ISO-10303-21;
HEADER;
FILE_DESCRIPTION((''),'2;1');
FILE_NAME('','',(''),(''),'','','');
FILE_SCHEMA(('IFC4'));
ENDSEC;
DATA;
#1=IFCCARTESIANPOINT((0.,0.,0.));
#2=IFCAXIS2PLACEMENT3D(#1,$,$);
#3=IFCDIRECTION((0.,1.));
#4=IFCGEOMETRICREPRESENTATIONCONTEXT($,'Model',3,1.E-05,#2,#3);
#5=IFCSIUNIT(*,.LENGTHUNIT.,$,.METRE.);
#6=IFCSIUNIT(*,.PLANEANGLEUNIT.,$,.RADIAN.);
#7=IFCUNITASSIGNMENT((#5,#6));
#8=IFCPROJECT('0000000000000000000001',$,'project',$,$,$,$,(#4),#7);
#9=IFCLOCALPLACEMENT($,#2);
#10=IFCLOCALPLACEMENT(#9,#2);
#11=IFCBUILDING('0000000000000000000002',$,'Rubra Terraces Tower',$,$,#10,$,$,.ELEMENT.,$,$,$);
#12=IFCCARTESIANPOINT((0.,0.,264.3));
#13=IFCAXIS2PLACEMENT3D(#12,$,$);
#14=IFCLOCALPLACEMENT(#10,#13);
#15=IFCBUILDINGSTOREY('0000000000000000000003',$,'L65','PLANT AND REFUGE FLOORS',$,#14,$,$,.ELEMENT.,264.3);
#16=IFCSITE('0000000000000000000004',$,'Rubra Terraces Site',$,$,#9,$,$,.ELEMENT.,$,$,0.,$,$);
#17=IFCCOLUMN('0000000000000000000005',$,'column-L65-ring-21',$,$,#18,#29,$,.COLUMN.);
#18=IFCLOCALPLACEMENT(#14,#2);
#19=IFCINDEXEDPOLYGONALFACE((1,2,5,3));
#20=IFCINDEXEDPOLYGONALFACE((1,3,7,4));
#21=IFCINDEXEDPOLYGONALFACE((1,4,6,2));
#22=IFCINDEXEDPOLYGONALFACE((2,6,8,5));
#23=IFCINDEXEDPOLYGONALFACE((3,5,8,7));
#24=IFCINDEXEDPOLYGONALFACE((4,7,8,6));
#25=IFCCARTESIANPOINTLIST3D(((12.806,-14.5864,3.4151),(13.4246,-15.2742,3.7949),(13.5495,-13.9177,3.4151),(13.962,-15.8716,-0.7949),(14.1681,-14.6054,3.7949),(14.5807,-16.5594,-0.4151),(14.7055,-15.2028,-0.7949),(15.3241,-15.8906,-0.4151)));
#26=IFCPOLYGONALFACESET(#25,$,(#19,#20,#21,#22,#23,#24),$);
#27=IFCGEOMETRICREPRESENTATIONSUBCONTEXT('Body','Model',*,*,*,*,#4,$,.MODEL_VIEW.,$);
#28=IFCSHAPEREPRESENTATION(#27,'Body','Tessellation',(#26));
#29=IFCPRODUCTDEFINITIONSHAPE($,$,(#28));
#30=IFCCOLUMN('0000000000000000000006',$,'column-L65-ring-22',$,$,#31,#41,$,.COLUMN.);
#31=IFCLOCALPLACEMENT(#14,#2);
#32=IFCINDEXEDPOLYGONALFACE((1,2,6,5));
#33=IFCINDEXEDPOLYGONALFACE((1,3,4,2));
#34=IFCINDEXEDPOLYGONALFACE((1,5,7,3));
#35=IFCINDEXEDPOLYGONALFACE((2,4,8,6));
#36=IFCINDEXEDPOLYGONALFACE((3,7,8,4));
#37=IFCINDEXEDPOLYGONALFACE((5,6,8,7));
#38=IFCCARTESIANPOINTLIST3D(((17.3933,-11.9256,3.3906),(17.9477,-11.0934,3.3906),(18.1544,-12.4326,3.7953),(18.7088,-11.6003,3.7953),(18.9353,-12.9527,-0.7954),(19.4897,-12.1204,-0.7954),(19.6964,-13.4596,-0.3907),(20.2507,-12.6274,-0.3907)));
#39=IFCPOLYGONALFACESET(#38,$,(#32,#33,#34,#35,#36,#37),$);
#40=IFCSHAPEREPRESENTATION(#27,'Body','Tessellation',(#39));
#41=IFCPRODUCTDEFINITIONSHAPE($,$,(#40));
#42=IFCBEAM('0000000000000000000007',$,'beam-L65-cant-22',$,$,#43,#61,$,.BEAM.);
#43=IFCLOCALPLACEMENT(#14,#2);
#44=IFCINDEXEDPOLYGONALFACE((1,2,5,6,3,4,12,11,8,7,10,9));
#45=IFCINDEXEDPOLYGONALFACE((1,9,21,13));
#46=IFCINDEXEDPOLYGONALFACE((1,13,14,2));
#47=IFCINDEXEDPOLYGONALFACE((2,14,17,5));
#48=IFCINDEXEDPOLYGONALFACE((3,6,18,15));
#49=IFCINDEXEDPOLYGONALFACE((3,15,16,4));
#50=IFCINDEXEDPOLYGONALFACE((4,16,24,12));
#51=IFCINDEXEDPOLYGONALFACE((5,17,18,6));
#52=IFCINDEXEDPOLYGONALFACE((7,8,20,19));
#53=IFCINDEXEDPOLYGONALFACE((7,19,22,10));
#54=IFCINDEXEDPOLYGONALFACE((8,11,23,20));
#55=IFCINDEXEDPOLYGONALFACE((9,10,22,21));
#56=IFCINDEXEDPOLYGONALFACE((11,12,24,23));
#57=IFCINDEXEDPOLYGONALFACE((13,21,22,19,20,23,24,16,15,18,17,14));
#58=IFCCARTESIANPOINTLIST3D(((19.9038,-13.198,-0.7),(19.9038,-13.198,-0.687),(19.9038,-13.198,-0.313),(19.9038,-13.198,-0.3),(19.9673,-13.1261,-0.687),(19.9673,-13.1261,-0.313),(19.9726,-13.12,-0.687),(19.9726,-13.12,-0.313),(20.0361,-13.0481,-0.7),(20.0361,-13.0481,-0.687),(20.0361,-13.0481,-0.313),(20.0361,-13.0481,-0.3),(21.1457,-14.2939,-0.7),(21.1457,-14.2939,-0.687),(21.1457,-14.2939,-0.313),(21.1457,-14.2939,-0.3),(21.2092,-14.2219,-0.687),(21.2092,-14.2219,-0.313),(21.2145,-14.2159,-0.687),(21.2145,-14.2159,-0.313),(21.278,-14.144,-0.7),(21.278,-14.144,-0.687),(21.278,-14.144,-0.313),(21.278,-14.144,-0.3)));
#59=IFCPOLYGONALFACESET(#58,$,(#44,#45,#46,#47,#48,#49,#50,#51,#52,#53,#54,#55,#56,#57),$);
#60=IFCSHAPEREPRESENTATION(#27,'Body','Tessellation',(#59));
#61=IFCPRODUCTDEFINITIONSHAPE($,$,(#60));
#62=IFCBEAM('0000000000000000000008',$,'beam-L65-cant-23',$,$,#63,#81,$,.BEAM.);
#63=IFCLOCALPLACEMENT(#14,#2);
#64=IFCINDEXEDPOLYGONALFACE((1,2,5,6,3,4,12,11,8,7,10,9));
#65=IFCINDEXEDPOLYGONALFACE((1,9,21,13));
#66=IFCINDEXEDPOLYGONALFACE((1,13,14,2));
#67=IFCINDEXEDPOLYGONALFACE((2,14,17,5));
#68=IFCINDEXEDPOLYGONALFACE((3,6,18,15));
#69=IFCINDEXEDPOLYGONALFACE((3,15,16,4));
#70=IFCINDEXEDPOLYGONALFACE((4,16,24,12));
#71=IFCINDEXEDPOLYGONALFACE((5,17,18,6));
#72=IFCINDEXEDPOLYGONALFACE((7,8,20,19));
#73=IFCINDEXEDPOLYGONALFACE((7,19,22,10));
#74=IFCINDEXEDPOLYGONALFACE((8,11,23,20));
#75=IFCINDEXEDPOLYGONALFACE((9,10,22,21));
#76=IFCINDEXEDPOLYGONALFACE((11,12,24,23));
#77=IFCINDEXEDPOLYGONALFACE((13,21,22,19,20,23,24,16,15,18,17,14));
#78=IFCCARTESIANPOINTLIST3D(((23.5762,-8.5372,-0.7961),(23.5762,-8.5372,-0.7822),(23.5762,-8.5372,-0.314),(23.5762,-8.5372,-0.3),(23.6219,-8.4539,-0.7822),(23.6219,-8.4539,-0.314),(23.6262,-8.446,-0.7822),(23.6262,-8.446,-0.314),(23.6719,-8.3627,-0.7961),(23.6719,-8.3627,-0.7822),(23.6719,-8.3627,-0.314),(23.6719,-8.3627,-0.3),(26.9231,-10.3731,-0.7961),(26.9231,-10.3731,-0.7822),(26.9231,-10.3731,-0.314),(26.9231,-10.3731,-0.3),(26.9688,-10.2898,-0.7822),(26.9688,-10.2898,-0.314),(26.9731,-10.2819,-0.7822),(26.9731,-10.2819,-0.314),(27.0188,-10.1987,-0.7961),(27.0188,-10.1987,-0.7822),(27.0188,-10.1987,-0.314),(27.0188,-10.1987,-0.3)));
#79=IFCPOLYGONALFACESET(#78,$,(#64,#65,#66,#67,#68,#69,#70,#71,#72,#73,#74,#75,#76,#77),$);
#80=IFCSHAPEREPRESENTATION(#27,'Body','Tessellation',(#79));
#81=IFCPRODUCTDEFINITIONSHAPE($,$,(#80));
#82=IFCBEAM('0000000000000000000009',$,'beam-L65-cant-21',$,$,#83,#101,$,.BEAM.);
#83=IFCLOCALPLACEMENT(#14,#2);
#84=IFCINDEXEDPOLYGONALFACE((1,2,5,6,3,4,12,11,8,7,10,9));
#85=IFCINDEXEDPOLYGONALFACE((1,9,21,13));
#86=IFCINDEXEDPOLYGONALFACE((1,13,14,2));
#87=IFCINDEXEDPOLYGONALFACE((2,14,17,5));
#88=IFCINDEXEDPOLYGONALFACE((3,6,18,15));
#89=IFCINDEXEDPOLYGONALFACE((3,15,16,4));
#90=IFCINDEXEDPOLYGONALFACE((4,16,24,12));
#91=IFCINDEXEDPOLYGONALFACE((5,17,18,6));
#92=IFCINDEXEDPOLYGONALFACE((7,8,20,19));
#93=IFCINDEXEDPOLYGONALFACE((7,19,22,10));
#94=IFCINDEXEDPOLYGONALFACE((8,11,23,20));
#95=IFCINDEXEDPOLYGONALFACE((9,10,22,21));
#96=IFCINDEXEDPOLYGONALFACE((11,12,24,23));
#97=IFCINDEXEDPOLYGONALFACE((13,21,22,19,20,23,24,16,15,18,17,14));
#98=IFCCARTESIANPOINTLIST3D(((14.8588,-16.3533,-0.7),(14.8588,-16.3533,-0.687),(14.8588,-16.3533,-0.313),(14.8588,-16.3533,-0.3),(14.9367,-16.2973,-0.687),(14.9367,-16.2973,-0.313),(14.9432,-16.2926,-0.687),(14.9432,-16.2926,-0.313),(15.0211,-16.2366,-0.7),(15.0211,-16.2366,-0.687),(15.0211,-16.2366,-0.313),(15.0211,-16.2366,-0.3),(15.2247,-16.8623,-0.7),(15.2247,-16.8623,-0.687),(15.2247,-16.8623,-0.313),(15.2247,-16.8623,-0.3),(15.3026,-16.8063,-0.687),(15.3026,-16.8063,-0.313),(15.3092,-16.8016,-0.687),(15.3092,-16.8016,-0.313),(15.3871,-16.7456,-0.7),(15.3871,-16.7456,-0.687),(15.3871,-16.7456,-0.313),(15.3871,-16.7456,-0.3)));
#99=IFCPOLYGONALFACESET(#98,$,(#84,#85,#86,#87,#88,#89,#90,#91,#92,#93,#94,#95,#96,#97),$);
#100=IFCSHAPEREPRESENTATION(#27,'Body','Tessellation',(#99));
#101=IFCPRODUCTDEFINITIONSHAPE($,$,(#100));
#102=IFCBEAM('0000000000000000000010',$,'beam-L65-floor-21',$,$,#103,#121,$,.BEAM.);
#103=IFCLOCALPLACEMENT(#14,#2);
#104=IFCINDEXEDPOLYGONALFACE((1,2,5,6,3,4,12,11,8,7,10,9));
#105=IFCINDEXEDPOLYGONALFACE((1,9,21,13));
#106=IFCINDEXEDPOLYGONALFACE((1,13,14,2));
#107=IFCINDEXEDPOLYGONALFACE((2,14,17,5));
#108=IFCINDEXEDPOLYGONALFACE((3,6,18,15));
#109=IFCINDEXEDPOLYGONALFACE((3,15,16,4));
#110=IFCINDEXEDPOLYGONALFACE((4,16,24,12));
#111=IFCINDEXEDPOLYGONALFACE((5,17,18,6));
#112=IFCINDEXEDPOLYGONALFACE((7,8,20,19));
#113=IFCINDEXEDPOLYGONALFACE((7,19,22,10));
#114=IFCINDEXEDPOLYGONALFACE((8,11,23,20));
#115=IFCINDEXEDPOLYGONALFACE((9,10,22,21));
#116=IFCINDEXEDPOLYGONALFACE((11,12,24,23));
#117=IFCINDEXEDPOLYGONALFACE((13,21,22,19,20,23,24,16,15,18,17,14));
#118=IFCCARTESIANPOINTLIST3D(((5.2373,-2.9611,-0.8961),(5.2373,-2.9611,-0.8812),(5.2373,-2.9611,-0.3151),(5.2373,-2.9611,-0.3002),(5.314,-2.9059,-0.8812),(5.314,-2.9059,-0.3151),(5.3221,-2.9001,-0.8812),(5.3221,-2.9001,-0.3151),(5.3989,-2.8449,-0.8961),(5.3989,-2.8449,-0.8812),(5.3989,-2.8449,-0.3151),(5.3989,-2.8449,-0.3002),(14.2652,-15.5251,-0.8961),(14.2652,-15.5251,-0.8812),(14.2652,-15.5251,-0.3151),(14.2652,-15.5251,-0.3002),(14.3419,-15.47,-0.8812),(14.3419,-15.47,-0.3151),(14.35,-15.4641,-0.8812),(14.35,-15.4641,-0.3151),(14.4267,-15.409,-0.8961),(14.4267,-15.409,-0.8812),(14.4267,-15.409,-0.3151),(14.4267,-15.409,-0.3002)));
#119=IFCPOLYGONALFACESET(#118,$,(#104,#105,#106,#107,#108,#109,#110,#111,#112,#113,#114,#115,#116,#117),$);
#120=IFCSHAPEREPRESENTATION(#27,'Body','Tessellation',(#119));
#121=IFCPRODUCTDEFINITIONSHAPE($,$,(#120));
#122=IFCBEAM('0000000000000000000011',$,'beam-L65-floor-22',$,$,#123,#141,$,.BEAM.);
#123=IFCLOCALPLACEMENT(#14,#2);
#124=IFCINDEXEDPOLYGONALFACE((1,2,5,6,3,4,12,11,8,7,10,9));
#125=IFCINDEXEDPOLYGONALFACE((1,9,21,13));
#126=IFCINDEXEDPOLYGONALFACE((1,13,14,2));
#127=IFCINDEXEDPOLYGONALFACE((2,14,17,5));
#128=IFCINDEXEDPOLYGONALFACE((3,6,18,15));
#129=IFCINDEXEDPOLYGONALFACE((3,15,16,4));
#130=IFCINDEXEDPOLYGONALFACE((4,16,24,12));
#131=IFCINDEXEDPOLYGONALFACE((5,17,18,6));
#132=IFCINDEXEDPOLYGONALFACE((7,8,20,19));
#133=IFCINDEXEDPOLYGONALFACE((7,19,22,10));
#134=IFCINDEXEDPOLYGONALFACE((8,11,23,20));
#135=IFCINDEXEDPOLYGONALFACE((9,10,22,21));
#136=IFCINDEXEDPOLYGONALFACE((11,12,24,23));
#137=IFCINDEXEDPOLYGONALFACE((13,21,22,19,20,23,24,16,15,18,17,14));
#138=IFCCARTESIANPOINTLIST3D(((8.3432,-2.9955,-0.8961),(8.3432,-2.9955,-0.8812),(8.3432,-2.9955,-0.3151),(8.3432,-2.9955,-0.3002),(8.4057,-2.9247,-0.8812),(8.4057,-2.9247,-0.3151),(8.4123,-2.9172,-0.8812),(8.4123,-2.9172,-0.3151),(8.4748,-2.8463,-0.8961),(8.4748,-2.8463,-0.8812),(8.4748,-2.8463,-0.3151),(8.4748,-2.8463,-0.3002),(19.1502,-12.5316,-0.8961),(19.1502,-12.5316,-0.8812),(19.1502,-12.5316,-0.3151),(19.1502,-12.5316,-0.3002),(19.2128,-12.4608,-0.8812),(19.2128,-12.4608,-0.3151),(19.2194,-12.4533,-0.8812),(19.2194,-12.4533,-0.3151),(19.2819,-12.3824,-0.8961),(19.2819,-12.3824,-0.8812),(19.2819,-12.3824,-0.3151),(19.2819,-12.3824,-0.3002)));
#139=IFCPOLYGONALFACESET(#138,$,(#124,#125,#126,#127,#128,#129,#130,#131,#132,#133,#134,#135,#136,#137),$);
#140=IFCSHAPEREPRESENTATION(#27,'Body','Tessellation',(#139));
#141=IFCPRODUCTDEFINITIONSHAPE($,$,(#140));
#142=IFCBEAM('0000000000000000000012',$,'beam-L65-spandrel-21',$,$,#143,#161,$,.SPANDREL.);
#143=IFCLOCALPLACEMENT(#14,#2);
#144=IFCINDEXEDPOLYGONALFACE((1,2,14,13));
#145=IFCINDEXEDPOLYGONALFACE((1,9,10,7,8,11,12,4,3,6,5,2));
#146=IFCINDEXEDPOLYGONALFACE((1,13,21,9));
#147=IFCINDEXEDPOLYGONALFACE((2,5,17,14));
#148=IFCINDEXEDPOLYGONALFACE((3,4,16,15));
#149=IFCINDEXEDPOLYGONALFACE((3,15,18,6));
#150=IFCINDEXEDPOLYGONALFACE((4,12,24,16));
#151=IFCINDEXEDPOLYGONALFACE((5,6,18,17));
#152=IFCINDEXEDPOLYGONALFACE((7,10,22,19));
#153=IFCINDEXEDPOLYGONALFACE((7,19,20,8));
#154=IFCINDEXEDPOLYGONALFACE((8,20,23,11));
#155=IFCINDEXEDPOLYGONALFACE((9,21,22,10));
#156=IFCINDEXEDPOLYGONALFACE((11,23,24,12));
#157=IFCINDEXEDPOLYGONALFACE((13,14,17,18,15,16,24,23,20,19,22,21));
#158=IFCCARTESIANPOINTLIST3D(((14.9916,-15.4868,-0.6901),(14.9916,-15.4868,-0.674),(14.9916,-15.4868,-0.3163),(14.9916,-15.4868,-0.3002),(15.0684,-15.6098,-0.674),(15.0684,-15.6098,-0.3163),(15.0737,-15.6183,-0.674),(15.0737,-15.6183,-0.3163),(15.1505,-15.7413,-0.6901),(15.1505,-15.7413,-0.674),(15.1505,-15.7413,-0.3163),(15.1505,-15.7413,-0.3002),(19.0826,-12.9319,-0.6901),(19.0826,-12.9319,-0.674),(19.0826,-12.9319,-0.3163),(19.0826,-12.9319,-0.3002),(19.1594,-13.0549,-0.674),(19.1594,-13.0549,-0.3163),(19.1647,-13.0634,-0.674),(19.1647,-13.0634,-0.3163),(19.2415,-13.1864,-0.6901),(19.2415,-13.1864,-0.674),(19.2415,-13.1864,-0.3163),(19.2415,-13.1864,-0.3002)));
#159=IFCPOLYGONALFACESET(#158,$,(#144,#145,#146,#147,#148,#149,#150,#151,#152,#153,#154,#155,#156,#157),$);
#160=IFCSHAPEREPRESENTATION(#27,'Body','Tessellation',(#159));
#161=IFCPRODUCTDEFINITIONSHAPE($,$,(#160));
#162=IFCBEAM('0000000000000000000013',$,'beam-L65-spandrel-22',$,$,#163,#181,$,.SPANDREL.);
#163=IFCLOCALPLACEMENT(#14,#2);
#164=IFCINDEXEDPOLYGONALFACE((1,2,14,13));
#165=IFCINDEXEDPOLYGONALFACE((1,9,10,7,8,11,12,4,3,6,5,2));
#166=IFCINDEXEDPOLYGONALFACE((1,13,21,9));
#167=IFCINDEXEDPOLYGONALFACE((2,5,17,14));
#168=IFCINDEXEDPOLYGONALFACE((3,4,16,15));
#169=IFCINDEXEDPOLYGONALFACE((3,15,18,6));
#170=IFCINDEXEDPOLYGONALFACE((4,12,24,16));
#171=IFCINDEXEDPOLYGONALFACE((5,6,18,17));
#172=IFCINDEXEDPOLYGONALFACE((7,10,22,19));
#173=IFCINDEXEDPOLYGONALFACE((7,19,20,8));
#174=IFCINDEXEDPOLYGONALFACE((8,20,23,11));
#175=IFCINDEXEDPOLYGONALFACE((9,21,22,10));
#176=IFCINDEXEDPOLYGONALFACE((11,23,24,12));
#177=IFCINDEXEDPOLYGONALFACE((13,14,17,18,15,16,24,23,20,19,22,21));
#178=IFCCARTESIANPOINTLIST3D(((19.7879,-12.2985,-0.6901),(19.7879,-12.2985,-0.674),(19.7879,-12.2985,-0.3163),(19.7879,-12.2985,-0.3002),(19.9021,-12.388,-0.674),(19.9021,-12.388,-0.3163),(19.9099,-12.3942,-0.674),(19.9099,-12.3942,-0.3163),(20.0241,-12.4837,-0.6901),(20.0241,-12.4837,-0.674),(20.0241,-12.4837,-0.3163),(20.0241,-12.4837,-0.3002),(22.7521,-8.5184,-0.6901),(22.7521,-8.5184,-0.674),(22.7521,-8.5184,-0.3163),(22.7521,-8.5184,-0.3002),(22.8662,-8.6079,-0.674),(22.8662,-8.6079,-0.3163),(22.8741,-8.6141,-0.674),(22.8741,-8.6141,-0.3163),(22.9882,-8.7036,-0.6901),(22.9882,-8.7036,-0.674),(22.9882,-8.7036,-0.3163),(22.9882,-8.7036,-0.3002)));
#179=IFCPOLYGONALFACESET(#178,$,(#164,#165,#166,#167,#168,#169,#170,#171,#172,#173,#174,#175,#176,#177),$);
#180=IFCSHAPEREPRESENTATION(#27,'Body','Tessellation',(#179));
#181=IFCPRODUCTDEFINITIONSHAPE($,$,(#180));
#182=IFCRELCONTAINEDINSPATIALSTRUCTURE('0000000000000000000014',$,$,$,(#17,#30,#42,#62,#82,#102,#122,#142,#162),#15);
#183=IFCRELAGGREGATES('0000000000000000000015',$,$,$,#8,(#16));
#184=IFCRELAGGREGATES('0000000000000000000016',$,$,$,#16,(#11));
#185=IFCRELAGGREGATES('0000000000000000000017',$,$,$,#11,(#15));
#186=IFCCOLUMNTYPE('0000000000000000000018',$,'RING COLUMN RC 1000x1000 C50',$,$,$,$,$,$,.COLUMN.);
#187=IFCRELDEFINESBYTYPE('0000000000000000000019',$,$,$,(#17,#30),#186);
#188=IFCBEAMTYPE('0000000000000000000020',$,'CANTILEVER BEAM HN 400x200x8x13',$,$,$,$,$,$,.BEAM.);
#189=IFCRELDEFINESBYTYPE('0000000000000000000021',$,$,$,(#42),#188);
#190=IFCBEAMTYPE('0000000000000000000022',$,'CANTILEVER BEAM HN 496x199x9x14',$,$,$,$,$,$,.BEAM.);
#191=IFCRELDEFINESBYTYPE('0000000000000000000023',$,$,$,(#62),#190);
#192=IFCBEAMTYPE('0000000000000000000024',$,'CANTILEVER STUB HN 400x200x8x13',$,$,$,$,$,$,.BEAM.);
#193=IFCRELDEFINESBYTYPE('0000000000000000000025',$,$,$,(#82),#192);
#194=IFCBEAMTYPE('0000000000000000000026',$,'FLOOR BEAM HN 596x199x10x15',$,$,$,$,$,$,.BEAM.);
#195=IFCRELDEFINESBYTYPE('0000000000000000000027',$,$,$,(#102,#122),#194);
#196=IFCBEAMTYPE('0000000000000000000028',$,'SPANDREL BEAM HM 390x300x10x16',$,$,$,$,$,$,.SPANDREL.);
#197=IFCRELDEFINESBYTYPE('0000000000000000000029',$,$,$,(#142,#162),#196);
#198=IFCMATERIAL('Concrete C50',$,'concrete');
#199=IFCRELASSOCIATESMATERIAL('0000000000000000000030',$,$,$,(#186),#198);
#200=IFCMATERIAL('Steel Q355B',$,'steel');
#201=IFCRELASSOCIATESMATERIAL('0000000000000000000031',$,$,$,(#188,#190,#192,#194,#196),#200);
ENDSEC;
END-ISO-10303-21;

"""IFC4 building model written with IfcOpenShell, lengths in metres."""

from ifc_helpers import new_model, si_unit, direction, frame, origin, origin_2d, place, context, subcontext, project, spatial, rectangle, i_section, extrude, material, material_profile, profile_set, type_object, element, save


model = new_model("IFC4")

# Units and contexts
model_context = context("Model", 3, precision=1e-05, world=origin(), true_north=direction((0.0, 1.0)))
body_context = subcontext(model_context, "Body", "Model", "MODEL_VIEW")
ifc_project = project(units=[si_unit("LENGTHUNIT", "METRE"), si_unit("PLANEANGLEUNIT", "RADIAN")], contexts=[model_context])

# Site, building, storey
site_placement = place(None, origin())
site = spatial("IfcSite", under=ifc_project, at=site_placement, Name="Rubra Terraces Site", CompositionType="ELEMENT", RefElevation=0.0)
building_placement = place(site_placement, origin())
building = spatial("IfcBuilding", under=site, at=building_placement, Name="Rubra Terraces Tower", CompositionType="ELEMENT")
storey_placement = place(building_placement, frame((0.0, 0.0, 264.3)))
storey = spatial("IfcBuildingStorey", under=building, at=storey_placement, Name="L65", Description="PLANT AND REFUGE FLOORS", CompositionType="ELEMENT", Elevation=264.3)

# Columns
ifc_material_1 = material(Name="Concrete C50", Category="concrete")
ifc_material_profile_1 = material_profile(ifc_material_1, rectangle(XDim=1.0, YDim=1.0, at=origin_2d()), Name="RC 1000x1000")
ifc_profile_set_1 = profile_set([ifc_material_profile_1], Name="Concrete C50")
column_type = type_object("IfcColumnType", Name="RING COLUMN RC 1000x1000 C50", PredefinedType="COLUMN", material=ifc_profile_set_1)
column_1_placement = place(storey_placement, frame((14.6431, -15.8811, -0.605), z_axis=(-0.25401, 0.282389, 0.92506), x_axis=(-0.743477, -0.668762, 0.0)))
element("IfcColumn", 1, at=column_1_placement, inside=storey, type_object=column_type, Name="column-L65-ring-21", PredefinedType="COLUMN", context=body_context, shape_type="SweptSolid", body=[
    extrude(rectangle(XDim=1.0, YDim=1.0, at=origin_2d()), origin(), (0.0, 0.0, 1.0), 4.551),
])
column_2_placement = place(storey_placement, frame((19.593, -12.79, -0.593), z_axis=(-0.336847, 0.224369, 0.914436), x_axis=(-0.554366, -0.832273, 0.0)))
element("IfcColumn", 2, at=column_2_placement, inside=storey, type_object=column_type, Name="column-L65-ring-22", PredefinedType="COLUMN", context=body_context, shape_type="SweptSolid", body=[
    extrude(rectangle(XDim=1.0, YDim=1.0, at=origin_2d()), origin(), (0.0, 0.0, 1.0), 4.5776),
])

# Beams
ifc_material_2 = material(Name="Steel Q355B", Category="steel")
ifc_material_profile_2 = material_profile(ifc_material_2, i_section(OverallWidth=0.2, OverallDepth=0.3999, WebThickness=0.0081, FlangeThickness=0.0129, at=origin_2d()), Name="HN 400x200x8x13")
ifc_profile_set_2 = profile_set([ifc_material_profile_2], Name="Steel Q355B")
beam_type_1 = type_object("IfcBeamType", Name="CANTILEVER BEAM HN 400x200x8x13", PredefinedType="BEAM", material=ifc_profile_set_2)
beam_1_placement = place(storey_placement, frame((19.97, -13.123, -0.5), z_axis=(0.749803, -0.661661, 0.0), x_axis=(0.661661, 0.749803, 0.0)))
element("IfcBeam", 3, at=beam_1_placement, inside=storey, type_object=beam_type_1, Name="beam-L65-cant-22", PredefinedType="BEAM", context=body_context, shape_type="SweptSolid", body=[
    extrude(i_section(OverallWidth=0.2, OverallDepth=0.3999, WebThickness=0.0081, FlangeThickness=0.0129, at=origin_2d()), origin(), (0.0, 0.0, 1.0), 1.6562),
])
ifc_material_profile_3 = material_profile(ifc_material_2, i_section(OverallWidth=0.199, OverallDepth=0.4961, WebThickness=0.009, FlangeThickness=0.0139, at=origin_2d()), Name="HN 496x199x9x14")
ifc_profile_set_3 = profile_set([ifc_material_profile_3], Name="Steel Q355B")
beam_type_2 = type_object("IfcBeamType", Name="CANTILEVER BEAM HN 496x199x9x14", PredefinedType="BEAM", material=ifc_profile_set_3)
beam_2_placement = place(storey_placement, frame((23.624, -8.45, -0.5481), z_axis=(0.876754, -0.480939, 0.0), x_axis=(0.480939, 0.876754, 0.0)))
element("IfcBeam", 4, at=beam_2_placement, inside=storey, type_object=beam_type_2, Name="beam-L65-cant-23", PredefinedType="BEAM", context=body_context, shape_type="SweptSolid", body=[
    extrude(i_section(OverallWidth=0.199, OverallDepth=0.4961, WebThickness=0.009, FlangeThickness=0.0139, at=origin_2d()), origin(), (0.0, 0.0, 1.0), 3.8174),
])
ifc_material_profile_4 = material_profile(ifc_material_2, i_section(OverallWidth=0.2, OverallDepth=0.3999, WebThickness=0.0081, FlangeThickness=0.0129, at=origin_2d()), Name="HN 400x200x8x13")
ifc_profile_set_4 = profile_set([ifc_material_profile_4], Name="Steel Q355B")
beam_type_3 = type_object("IfcBeamType", Name="CANTILEVER STUB HN 400x200x8x13", PredefinedType="BEAM", material=ifc_profile_set_4)
beam_3_placement = place(storey_placement, frame((14.9399, -16.2949, -0.5), z_axis=(0.58374, -0.81194, 0.0), x_axis=(0.81194, 0.58374, 0.0)))
element("IfcBeam", 5, at=beam_3_placement, inside=storey, type_object=beam_type_3, Name="beam-L65-cant-21", PredefinedType="BEAM", context=body_context, shape_type="SweptSolid", body=[
    extrude(i_section(OverallWidth=0.2, OverallDepth=0.3999, WebThickness=0.0081, FlangeThickness=0.0129, at=origin_2d()), origin(), (0.0, 0.0, 1.0), 0.627),
])
ifc_material_profile_5 = material_profile(ifc_material_2, i_section(OverallWidth=0.199, OverallDepth=0.5959, WebThickness=0.01, FlangeThickness=0.0149, at=origin_2d()), Name="HN 596x199x10x15")
ifc_profile_set_5 = profile_set([ifc_material_profile_5], Name="Steel Q355B")
beam_type_4 = type_object("IfcBeamType", Name="FLOOR BEAM HN 596x199x10x15", PredefinedType="BEAM", material=ifc_profile_set_5)
beam_4_placement = place(storey_placement, frame((14.3459, -15.467, -0.5981), z_axis=(-0.583529, 0.812092, 0.0), x_axis=(-0.812092, -0.583529, 0.0)))
element("IfcBeam", 6, at=beam_4_placement, inside=storey, type_object=beam_type_4, Name="beam-L65-floor-21", PredefinedType="BEAM", context=body_context, shape_type="SweptSolid", body=[
    extrude(i_section(OverallWidth=0.199, OverallDepth=0.5959, WebThickness=0.01, FlangeThickness=0.0149, at=origin_2d()), origin(), (0.0, 0.0, 1.0), 15.4712),
])
beam_5_placement = place(storey_placement, frame((19.2161, -12.457, -0.5981), z_axis=(-0.749823, 0.661638, 0.0), x_axis=(-0.661638, -0.749823, 0.0)))
element("IfcBeam", 7, at=beam_5_placement, inside=storey, type_object=beam_type_4, Name="beam-L65-floor-22", PredefinedType="BEAM", context=body_context, shape_type="SweptSolid", body=[
    extrude(i_section(OverallWidth=0.199, OverallDepth=0.5959, WebThickness=0.01, FlangeThickness=0.0149, at=origin_2d()), origin(), (0.0, 0.0, 1.0), 14.4128),
])
ifc_material_profile_6 = material_profile(ifc_material_2, i_section(OverallWidth=0.3, OverallDepth=0.3899, WebThickness=0.01, FlangeThickness=0.0161, at=origin_2d()), Name="HM 390x300x10x16")
ifc_profile_set_6 = profile_set([ifc_material_profile_6], Name="Steel Q355B")
beam_type_5 = type_object("IfcBeamType", Name="SPANDREL BEAM HM 390x300x10x16", PredefinedType="SPANDREL", material=ifc_profile_set_6)
beam_6_placement = place(storey_placement, frame((15.071, -15.614, -0.4951), z_axis=(0.848183, 0.529703, 0.0), x_axis=(-0.529703, 0.848183, 0.0)))
element("IfcBeam", 8, at=beam_6_placement, inside=storey, type_object=beam_type_5, Name="beam-L65-spandrel-21", PredefinedType="SPANDREL", context=body_context, shape_type="SweptSolid", body=[
    extrude(i_section(OverallWidth=0.3, OverallDepth=0.3899, WebThickness=0.01, FlangeThickness=0.0161, at=origin_2d()), origin(), (0.0, 0.0, 1.0), 4.8232),
])
beam_7_placement = place(storey_placement, frame((19.906, -12.3911, -0.4951), z_axis=(0.61706, 0.786916, 0.0), x_axis=(-0.786916, 0.61706, 0.0)))
element("IfcBeam", 9, at=beam_7_placement, inside=storey, type_object=beam_type_5, Name="beam-L65-spandrel-22", PredefinedType="SPANDREL", context=body_context, shape_type="SweptSolid", body=[
    extrude(i_section(OverallWidth=0.3, OverallDepth=0.3899, WebThickness=0.01, FlangeThickness=0.0161, at=origin_2d()), origin(), (0.0, 0.0, 1.0), 4.8037),
])

save(model, "model.ifc")
